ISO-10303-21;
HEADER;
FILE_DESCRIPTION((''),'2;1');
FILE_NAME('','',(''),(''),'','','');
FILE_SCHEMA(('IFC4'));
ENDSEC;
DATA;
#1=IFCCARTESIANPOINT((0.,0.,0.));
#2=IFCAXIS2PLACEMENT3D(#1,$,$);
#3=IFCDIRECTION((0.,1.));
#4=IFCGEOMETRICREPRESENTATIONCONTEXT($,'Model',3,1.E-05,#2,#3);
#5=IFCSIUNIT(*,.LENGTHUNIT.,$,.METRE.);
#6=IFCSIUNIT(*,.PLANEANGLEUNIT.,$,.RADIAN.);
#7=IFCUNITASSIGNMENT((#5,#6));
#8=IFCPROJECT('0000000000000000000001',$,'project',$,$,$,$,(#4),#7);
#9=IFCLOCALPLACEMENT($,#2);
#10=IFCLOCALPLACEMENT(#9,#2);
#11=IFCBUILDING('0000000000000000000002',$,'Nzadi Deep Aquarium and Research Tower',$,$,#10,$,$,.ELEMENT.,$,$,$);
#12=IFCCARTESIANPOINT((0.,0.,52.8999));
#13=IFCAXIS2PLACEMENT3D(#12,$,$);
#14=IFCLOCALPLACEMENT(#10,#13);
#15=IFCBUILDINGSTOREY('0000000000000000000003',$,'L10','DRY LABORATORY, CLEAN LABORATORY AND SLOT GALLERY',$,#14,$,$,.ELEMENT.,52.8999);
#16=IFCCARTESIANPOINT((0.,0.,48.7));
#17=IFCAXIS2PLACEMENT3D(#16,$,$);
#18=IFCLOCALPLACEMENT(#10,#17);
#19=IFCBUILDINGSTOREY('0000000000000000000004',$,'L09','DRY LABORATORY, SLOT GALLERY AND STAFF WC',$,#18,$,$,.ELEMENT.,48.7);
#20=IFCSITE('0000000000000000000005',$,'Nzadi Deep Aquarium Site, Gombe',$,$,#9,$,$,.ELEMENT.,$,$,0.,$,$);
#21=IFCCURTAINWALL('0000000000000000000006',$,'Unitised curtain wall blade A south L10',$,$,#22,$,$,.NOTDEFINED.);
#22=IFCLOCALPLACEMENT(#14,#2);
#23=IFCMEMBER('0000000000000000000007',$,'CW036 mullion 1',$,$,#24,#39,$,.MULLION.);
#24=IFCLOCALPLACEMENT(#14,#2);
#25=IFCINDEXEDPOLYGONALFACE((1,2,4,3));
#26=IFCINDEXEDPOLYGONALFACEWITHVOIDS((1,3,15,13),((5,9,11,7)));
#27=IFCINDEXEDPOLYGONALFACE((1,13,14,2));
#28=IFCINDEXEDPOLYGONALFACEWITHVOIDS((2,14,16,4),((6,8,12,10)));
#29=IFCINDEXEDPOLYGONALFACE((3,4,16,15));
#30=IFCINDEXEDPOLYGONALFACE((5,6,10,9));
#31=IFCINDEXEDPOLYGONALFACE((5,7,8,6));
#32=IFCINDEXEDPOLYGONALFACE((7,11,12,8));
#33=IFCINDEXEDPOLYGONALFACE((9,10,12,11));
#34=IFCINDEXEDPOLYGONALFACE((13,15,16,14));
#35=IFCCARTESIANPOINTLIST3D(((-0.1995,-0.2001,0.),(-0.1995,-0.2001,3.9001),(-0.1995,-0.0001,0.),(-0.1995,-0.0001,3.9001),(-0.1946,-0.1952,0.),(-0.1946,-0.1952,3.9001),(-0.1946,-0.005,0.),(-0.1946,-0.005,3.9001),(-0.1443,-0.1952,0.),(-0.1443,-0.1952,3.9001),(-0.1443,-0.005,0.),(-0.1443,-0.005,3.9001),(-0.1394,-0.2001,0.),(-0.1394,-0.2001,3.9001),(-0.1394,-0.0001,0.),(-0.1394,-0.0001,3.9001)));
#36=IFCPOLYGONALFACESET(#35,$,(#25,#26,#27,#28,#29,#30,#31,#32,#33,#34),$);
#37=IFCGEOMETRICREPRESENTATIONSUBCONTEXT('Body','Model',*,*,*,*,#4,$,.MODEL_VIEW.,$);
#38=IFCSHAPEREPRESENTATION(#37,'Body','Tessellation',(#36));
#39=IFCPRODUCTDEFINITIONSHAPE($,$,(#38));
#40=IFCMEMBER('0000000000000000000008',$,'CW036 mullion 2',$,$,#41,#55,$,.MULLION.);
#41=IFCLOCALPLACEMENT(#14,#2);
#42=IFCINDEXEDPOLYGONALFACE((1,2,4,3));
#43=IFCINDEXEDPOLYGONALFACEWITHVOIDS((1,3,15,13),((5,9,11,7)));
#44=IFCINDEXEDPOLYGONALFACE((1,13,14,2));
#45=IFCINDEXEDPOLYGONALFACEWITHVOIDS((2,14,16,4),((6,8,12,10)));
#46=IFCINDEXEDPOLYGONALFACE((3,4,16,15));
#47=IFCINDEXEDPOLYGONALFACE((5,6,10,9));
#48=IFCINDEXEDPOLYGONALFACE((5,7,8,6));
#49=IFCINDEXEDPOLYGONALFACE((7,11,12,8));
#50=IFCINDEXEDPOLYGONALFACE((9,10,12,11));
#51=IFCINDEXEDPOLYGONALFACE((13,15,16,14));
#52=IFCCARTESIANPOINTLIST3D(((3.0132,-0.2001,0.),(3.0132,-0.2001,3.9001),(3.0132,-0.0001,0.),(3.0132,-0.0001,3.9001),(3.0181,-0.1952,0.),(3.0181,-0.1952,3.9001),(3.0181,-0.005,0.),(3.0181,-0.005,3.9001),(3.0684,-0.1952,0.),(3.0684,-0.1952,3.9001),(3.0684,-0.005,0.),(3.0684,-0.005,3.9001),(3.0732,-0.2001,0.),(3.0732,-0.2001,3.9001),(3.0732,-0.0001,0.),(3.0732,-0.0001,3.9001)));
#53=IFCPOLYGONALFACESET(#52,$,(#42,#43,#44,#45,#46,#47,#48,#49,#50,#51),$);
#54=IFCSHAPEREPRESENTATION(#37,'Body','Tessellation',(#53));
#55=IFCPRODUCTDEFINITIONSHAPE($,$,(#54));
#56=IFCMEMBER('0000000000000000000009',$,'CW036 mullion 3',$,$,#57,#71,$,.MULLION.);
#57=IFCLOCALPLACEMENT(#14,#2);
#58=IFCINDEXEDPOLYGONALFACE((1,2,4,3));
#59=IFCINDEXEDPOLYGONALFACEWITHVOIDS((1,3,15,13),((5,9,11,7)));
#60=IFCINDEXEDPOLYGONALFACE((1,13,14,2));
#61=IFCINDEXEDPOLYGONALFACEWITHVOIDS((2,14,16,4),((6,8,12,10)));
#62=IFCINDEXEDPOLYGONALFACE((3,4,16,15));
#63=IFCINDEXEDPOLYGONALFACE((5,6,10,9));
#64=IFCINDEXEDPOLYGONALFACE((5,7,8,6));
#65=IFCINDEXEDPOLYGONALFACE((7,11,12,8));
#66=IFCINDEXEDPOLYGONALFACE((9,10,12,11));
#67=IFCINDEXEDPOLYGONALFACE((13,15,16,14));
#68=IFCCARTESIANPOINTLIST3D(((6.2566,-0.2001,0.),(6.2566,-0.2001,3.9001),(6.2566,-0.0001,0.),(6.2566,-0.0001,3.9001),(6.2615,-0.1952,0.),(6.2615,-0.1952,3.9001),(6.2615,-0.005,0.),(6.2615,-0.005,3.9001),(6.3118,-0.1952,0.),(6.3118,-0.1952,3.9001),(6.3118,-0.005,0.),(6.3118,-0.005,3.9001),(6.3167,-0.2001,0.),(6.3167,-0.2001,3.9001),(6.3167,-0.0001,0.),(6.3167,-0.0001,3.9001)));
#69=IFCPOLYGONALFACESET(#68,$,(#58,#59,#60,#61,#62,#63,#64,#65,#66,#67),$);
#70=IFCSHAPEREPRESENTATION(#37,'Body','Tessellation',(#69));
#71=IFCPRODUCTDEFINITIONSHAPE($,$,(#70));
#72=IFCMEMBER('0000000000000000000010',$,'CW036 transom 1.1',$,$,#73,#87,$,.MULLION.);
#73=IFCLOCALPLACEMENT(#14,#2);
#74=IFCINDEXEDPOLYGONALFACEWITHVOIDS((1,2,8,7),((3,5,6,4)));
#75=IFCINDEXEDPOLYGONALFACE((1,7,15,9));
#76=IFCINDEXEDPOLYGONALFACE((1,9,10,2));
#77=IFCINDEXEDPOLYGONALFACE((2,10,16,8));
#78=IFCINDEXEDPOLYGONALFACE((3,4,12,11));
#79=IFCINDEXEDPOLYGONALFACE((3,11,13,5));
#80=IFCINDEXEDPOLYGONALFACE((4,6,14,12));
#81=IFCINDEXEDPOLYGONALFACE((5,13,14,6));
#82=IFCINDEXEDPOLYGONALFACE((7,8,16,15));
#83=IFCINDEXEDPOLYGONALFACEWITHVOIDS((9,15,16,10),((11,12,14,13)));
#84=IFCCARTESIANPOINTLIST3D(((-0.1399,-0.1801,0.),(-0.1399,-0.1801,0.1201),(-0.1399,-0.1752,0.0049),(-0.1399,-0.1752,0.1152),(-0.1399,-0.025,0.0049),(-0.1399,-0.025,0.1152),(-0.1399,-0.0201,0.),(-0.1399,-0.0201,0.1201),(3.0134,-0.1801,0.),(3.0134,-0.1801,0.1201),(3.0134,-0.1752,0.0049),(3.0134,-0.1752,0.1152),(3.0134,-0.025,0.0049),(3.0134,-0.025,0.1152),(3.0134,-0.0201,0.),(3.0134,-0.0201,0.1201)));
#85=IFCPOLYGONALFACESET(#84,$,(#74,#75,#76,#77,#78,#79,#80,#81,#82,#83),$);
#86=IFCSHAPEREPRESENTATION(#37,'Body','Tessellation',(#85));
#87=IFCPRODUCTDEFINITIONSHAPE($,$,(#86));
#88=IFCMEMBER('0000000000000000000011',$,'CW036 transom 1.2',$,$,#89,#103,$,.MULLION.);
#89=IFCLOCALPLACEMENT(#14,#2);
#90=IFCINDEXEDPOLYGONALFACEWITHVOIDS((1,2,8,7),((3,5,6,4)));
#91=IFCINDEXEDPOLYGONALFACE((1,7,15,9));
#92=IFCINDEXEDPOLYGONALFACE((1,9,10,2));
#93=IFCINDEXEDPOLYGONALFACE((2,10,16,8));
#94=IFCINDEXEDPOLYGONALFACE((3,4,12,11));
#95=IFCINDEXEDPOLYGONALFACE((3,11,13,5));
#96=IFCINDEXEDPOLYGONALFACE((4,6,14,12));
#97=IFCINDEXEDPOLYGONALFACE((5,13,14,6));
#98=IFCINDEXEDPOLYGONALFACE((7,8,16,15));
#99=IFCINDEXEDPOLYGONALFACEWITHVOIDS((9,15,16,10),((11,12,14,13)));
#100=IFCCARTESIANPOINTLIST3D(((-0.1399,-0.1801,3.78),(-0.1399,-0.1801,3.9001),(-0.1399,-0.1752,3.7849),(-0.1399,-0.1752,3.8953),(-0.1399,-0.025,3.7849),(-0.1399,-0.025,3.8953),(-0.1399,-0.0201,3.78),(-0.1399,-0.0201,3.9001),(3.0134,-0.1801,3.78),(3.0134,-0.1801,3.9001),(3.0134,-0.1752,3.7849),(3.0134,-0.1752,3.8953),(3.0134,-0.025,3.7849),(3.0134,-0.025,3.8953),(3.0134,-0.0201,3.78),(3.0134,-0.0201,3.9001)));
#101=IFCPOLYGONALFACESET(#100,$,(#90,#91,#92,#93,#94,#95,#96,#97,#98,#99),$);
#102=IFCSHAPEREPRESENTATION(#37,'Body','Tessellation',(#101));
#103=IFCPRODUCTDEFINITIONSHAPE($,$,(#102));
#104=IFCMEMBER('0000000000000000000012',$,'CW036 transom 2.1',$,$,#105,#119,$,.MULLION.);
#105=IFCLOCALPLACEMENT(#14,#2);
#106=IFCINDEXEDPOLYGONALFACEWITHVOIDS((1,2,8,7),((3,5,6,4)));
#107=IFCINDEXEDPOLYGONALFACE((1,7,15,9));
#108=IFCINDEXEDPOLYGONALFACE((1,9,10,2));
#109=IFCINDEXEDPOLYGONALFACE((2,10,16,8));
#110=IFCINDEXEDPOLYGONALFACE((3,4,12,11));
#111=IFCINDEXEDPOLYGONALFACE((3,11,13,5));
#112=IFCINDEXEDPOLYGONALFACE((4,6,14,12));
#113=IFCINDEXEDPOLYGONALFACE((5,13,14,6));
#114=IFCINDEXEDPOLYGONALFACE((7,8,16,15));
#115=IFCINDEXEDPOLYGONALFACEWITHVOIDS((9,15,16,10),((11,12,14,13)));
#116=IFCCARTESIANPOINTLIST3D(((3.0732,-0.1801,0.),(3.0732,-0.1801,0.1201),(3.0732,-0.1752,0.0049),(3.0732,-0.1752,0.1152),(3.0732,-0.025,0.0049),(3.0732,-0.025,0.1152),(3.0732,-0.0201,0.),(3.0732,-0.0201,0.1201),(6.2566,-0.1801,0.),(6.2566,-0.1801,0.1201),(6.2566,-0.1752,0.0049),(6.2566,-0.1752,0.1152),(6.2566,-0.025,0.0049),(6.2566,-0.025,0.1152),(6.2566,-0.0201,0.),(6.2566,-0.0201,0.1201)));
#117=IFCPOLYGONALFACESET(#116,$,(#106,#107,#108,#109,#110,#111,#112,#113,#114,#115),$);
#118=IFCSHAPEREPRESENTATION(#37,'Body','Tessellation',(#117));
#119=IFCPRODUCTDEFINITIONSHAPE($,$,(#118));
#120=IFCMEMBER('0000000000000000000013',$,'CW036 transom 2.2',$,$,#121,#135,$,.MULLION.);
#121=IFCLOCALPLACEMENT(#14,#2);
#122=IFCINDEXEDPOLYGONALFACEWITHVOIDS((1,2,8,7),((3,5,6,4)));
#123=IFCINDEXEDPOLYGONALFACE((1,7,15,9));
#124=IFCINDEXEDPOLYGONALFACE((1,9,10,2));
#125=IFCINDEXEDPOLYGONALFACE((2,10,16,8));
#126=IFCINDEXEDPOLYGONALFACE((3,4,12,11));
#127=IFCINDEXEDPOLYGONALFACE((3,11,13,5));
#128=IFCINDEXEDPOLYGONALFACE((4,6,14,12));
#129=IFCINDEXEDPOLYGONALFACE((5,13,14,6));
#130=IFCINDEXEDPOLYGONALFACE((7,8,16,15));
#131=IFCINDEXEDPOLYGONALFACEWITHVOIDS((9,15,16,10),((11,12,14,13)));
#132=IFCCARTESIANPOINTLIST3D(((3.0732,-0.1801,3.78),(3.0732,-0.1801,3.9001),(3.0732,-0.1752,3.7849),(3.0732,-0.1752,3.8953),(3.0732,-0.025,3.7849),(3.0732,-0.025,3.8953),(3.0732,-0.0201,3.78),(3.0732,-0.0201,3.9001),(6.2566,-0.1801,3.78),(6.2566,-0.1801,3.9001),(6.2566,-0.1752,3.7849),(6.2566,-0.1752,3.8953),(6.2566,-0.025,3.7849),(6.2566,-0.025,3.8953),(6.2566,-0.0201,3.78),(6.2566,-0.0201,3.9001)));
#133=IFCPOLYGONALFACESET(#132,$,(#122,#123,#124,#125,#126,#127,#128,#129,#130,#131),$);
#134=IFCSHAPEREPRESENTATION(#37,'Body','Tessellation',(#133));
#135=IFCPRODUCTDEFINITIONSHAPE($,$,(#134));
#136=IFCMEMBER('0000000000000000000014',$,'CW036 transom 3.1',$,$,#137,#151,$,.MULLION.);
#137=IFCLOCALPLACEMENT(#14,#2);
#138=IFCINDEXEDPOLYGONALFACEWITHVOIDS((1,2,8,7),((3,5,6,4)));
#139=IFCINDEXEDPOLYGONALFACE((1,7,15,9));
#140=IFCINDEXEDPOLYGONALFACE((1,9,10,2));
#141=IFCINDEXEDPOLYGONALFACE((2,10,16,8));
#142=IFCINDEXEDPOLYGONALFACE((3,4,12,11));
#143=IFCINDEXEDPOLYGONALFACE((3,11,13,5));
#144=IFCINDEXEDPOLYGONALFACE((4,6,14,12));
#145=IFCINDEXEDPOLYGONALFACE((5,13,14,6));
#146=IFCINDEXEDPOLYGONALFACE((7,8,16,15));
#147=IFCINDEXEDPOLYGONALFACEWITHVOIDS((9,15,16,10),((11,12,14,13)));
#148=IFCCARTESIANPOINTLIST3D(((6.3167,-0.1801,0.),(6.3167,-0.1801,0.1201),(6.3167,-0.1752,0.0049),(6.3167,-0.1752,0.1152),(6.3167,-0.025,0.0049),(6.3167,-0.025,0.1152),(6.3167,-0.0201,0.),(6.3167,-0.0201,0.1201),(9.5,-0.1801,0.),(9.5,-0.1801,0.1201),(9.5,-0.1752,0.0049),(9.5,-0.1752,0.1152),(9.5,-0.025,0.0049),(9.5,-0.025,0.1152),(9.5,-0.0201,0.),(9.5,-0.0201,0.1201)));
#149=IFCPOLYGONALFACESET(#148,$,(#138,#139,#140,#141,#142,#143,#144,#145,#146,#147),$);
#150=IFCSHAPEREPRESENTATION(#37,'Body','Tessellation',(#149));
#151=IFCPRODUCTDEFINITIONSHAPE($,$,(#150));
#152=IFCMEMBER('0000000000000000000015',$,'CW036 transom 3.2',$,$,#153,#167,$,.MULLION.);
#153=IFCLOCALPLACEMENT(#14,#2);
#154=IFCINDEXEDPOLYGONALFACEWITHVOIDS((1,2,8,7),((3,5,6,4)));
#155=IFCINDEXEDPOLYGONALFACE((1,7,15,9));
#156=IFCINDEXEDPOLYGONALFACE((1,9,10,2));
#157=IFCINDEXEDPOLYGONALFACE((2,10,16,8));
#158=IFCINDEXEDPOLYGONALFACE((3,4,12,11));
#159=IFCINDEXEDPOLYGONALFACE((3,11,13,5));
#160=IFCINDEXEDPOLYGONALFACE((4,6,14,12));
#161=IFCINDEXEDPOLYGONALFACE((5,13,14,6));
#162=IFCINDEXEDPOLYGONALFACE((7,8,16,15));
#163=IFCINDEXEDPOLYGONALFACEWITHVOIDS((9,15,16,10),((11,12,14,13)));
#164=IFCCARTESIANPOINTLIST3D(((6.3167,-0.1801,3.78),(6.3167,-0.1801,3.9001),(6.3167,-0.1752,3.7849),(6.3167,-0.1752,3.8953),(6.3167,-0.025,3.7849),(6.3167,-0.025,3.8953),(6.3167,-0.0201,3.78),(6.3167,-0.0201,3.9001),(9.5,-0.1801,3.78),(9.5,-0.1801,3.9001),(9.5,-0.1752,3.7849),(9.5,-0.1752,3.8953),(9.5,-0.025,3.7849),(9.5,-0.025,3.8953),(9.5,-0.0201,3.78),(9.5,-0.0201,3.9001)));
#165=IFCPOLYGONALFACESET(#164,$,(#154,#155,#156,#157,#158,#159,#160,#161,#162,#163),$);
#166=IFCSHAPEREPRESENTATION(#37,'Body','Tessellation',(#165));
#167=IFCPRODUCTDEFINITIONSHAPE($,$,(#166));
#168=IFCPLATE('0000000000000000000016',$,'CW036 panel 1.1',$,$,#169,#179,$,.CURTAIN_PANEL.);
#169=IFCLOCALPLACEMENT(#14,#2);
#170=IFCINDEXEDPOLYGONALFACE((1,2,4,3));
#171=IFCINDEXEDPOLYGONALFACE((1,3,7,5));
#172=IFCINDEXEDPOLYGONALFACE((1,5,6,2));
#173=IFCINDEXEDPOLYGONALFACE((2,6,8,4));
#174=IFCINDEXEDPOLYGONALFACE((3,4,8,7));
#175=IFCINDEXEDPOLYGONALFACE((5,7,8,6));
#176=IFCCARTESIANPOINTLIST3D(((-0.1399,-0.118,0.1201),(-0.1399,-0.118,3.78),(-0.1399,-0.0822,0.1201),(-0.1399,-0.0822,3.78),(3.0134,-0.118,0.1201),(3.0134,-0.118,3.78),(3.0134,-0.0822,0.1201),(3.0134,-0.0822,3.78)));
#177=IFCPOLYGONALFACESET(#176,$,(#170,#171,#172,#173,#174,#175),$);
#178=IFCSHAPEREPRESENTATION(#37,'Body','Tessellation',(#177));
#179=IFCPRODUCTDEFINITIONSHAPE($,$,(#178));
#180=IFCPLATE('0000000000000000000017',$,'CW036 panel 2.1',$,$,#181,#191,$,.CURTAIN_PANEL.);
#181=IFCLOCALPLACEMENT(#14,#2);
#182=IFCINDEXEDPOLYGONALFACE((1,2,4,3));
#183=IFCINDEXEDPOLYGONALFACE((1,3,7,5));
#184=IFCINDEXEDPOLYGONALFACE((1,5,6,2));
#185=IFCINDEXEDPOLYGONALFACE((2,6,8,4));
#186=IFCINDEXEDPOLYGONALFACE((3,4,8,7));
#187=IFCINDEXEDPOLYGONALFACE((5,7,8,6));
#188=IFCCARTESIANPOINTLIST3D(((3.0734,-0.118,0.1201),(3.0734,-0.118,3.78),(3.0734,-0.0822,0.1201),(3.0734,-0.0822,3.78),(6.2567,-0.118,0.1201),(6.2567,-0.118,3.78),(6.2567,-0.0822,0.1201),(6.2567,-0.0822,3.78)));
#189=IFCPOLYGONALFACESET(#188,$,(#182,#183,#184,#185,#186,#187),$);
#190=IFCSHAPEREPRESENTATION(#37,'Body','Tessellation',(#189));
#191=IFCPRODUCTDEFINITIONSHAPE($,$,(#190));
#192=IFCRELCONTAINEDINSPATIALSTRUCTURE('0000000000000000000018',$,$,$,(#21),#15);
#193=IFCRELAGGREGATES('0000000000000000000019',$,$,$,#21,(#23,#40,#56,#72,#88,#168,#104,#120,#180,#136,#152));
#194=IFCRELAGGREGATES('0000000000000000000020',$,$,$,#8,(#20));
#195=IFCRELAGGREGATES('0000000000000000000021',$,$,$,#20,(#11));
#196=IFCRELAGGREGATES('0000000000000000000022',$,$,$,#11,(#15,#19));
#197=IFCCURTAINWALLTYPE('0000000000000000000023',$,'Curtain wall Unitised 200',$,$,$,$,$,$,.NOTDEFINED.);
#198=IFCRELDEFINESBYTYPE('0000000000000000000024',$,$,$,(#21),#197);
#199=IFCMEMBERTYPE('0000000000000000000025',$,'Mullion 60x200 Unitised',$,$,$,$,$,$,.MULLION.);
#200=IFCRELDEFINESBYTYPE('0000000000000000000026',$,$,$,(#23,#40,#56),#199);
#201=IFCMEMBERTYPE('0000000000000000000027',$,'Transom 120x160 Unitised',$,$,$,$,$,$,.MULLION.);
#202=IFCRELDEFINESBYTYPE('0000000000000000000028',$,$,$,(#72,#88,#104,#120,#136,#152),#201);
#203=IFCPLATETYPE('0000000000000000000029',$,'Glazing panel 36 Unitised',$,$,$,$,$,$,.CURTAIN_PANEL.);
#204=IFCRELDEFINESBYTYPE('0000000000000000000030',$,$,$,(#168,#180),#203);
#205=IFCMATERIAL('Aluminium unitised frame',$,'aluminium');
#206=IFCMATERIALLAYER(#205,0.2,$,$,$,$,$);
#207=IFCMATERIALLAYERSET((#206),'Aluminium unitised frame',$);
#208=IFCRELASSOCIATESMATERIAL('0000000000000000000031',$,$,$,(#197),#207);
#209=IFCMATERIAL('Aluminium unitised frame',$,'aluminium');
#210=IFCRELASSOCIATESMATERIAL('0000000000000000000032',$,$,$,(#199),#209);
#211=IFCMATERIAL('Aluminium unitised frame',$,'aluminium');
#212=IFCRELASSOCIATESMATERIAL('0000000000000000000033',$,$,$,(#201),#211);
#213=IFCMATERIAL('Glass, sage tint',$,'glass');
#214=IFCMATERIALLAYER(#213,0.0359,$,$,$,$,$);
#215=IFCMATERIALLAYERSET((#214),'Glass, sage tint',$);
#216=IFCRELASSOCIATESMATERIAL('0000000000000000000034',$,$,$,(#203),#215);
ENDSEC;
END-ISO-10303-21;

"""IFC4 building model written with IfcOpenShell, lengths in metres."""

from ifc_helpers import new_model, si_unit, direction, frame, origin, origin_2d, place, context, subcontext, project, spatial, rectangle, hollow_rectangle, extrude, material, layer, layer_set, material_profile, profile_set, type_object, element, aggregate, save


model = new_model("IFC4")

# Units and contexts
model_context = context("Model", 3, precision=1e-05, world=origin(), true_north=direction((0.0, 1.0)))
body_context = subcontext(model_context, "Body", "Model", "MODEL_VIEW")
ifc_project = project(units=[si_unit("LENGTHUNIT", "METRE"), si_unit("PLANEANGLEUNIT", "RADIAN")], contexts=[model_context])

# Site, building, storey
site_placement = place(None, origin())
site = spatial("IfcSite", under=ifc_project, at=site_placement, Name="Nzadi Deep Aquarium Site, Gombe", CompositionType="ELEMENT", RefElevation=0.0)
building_placement = place(site_placement, origin())
building = spatial("IfcBuilding", under=site, at=building_placement, Name="Nzadi Deep Aquarium and Research Tower", CompositionType="ELEMENT")
storey_1_placement = place(building_placement, frame((0.0, 0.0, 52.8999)))
storey_1 = spatial("IfcBuildingStorey", under=building, at=storey_1_placement, Name="L10", Description="DRY LABORATORY, CLEAN LABORATORY AND SLOT GALLERY", CompositionType="ELEMENT", Elevation=52.8999)

# Curtain wall, members, plates
ifc_material_1 = material(Name="Aluminium unitised frame", Category="aluminium")
ifc_layer_1 = layer(ifc_material_1, 0.2)
ifc_layer_set_1 = layer_set([ifc_layer_1], Name="Aluminium unitised frame")
curtain_wall_type = type_object("IfcCurtainWallType", Name="Curtain wall Unitised 200", PredefinedType="NOTDEFINED", material=ifc_layer_set_1)
curtain_wall_placement = place(storey_1_placement, origin())
curtain_wall = element("IfcCurtainWall", 1, at=curtain_wall_placement, inside=storey_1, type_object=curtain_wall_type, Name="Unitised curtain wall blade A south L10", PredefinedType="NOTDEFINED")
ifc_material_2 = material(Name="Aluminium unitised frame", Category="aluminium")
ifc_material_profile_1 = material_profile(ifc_material_2, hollow_rectangle(XDim=0.2, YDim=0.0601, WallThickness=0.0049, at=origin_2d()))
ifc_profile_set_1 = profile_set([ifc_material_profile_1], Name="Aluminium unitised frame")
member_type_1 = type_object("IfcMemberType", Name="Mullion 60x200 Unitised", PredefinedType="MULLION", material=ifc_profile_set_1)
member_1_placement = place(storey_1_placement, frame((-0.1694, -0.1001, 0.0), z_axis=(0.0, 0.0, 1.0), x_axis=(0.0, 1.0, 0.0)))
member_1 = element("IfcMember", 2, at=member_1_placement, type_object=member_type_1, Name="CW036 mullion 1", PredefinedType="MULLION", context=body_context, shape_type="SweptSolid", body=[
    extrude(hollow_rectangle(XDim=0.2, YDim=0.0601, WallThickness=0.0049, at=origin_2d()), origin(), (0.0, 0.0, 1.0), 3.9001),
])
member_2_placement = place(storey_1_placement, frame((3.0432, -0.1001, 0.0), z_axis=(0.0, 0.0, 1.0), x_axis=(0.0, 1.0, 0.0)))
member_2 = element("IfcMember", 3, at=member_2_placement, type_object=member_type_1, Name="CW036 mullion 2", PredefinedType="MULLION", context=body_context, shape_type="SweptSolid", body=[
    extrude(hollow_rectangle(XDim=0.2, YDim=0.0601, WallThickness=0.0049, at=origin_2d()), origin(), (0.0, 0.0, 1.0), 3.9001),
])
member_3_placement = place(storey_1_placement, frame((6.2866, -0.1001, 0.0), z_axis=(0.0, 0.0, 1.0), x_axis=(0.0, 1.0, 0.0)))
member_3 = element("IfcMember", 4, at=member_3_placement, type_object=member_type_1, Name="CW036 mullion 3", PredefinedType="MULLION", context=body_context, shape_type="SweptSolid", body=[
    extrude(hollow_rectangle(XDim=0.2, YDim=0.0601, WallThickness=0.0049, at=origin_2d()), origin(), (0.0, 0.0, 1.0), 3.9001),
])
ifc_material_3 = material(Name="Aluminium unitised frame", Category="aluminium")
ifc_material_profile_2 = material_profile(ifc_material_3, hollow_rectangle(XDim=0.1599, YDim=0.1201, WallThickness=0.0049, at=origin_2d()))
ifc_profile_set_2 = profile_set([ifc_material_profile_2], Name="Aluminium unitised frame")
member_type_2 = type_object("IfcMemberType", Name="Transom 120x160 Unitised", PredefinedType="MULLION", material=ifc_profile_set_2)
member_4_placement = place(storey_1_placement, frame((-0.1399, -0.1001, 0.0601), z_axis=(1.0, 0.0, 0.0), x_axis=(0.0, 1.0, 0.0)))
member_4 = element("IfcMember", 5, at=member_4_placement, type_object=member_type_2, Name="CW036 transom 1.1", PredefinedType="MULLION", context=body_context, shape_type="SweptSolid", body=[
    extrude(hollow_rectangle(XDim=0.1599, YDim=0.1201, WallThickness=0.0049, at=origin_2d()), origin(), (0.0, 0.0, 1.0), 3.1533),
])
member_5_placement = place(storey_1_placement, frame((-0.1399, -0.1001, 3.8401), z_axis=(1.0, 0.0, 0.0), x_axis=(0.0, 1.0, 0.0)))
member_5 = element("IfcMember", 6, at=member_5_placement, type_object=member_type_2, Name="CW036 transom 1.2", PredefinedType="MULLION", context=body_context, shape_type="SweptSolid", body=[
    extrude(hollow_rectangle(XDim=0.1599, YDim=0.1201, WallThickness=0.0049, at=origin_2d()), origin(), (0.0, 0.0, 1.0), 3.1533),
])
member_6_placement = place(storey_1_placement, frame((3.0732, -0.1001, 0.0601), z_axis=(1.0, 0.0, 0.0), x_axis=(0.0, 1.0, 0.0)))
member_6 = element("IfcMember", 7, at=member_6_placement, type_object=member_type_2, Name="CW036 transom 2.1", PredefinedType="MULLION", context=body_context, shape_type="SweptSolid", body=[
    extrude(hollow_rectangle(XDim=0.1599, YDim=0.1201, WallThickness=0.0049, at=origin_2d()), origin(), (0.0, 0.0, 1.0), 3.1833),
])
member_7_placement = place(storey_1_placement, frame((3.0732, -0.1001, 3.8401), z_axis=(1.0, 0.0, 0.0), x_axis=(0.0, 1.0, 0.0)))
member_7 = element("IfcMember", 8, at=member_7_placement, type_object=member_type_2, Name="CW036 transom 2.2", PredefinedType="MULLION", context=body_context, shape_type="SweptSolid", body=[
    extrude(hollow_rectangle(XDim=0.1599, YDim=0.1201, WallThickness=0.0049, at=origin_2d()), origin(), (0.0, 0.0, 1.0), 3.1833),
])
member_8_placement = place(storey_1_placement, frame((6.3167, -0.1001, 0.0601), z_axis=(1.0, 0.0, 0.0), x_axis=(0.0, 1.0, 0.0)))
member_8 = element("IfcMember", 9, at=member_8_placement, type_object=member_type_2, Name="CW036 transom 3.1", PredefinedType="MULLION", context=body_context, shape_type="SweptSolid", body=[
    extrude(hollow_rectangle(XDim=0.1599, YDim=0.1201, WallThickness=0.0049, at=origin_2d()), origin(), (0.0, 0.0, 1.0), 3.1833),
])
member_9_placement = place(storey_1_placement, frame((6.3167, -0.1001, 3.8401), z_axis=(1.0, 0.0, 0.0), x_axis=(0.0, 1.0, 0.0)))
member_9 = element("IfcMember", 10, at=member_9_placement, type_object=member_type_2, Name="CW036 transom 3.2", PredefinedType="MULLION", context=body_context, shape_type="SweptSolid", body=[
    extrude(hollow_rectangle(XDim=0.1599, YDim=0.1201, WallThickness=0.0049, at=origin_2d()), origin(), (0.0, 0.0, 1.0), 3.1833),
])
ifc_material_4 = material(Name="Glass, sage tint", Category="glass")
ifc_layer_2 = layer(ifc_material_4, 0.0359)
ifc_layer_set_2 = layer_set([ifc_layer_2], Name="Glass, sage tint")
plate_type = type_object("IfcPlateType", Name="Glazing panel 36 Unitised", PredefinedType="CURTAIN_PANEL", material=ifc_layer_set_2)
plate_1_placement = place(storey_1_placement, frame((1.4368, -0.1001, 0.1201), z_axis=(0.0, 0.0, 1.0), x_axis=(1.0, 0.0, 0.0)))
plate_1 = element("IfcPlate", 11, at=plate_1_placement, type_object=plate_type, Name="CW036 panel 1.1", PredefinedType="CURTAIN_PANEL", context=body_context, shape_type="SweptSolid", body=[
    extrude(rectangle(XDim=3.1533, YDim=0.0359, at=origin_2d()), origin(), (0.0, 0.0, 1.0), 3.6599),
])
plate_2_placement = place(storey_1_placement, frame((4.665, -0.1001, 0.1201), z_axis=(0.0, 0.0, 1.0), x_axis=(1.0, 0.0, 0.0)))
plate_2 = element("IfcPlate", 12, at=plate_2_placement, type_object=plate_type, Name="CW036 panel 2.1", PredefinedType="CURTAIN_PANEL", context=body_context, shape_type="SweptSolid", body=[
    extrude(rectangle(XDim=3.1833, YDim=0.0359, at=origin_2d()), origin(), (0.0, 0.0, 1.0), 3.6599),
])
aggregate(curtain_wall, [member_1, member_2, member_3, member_4, member_5, plate_1, member_6, member_7, plate_2, member_8, member_9])

# Shared definitions
storey_2_placement = place(building_placement, frame((0.0, 0.0, 48.7)))
storey_2 = spatial("IfcBuildingStorey", under=building, at=storey_2_placement, Name="L09", Description="DRY LABORATORY, SLOT GALLERY AND STAFF WC", CompositionType="ELEMENT", Elevation=48.7)

save(model, "model.ifc")
